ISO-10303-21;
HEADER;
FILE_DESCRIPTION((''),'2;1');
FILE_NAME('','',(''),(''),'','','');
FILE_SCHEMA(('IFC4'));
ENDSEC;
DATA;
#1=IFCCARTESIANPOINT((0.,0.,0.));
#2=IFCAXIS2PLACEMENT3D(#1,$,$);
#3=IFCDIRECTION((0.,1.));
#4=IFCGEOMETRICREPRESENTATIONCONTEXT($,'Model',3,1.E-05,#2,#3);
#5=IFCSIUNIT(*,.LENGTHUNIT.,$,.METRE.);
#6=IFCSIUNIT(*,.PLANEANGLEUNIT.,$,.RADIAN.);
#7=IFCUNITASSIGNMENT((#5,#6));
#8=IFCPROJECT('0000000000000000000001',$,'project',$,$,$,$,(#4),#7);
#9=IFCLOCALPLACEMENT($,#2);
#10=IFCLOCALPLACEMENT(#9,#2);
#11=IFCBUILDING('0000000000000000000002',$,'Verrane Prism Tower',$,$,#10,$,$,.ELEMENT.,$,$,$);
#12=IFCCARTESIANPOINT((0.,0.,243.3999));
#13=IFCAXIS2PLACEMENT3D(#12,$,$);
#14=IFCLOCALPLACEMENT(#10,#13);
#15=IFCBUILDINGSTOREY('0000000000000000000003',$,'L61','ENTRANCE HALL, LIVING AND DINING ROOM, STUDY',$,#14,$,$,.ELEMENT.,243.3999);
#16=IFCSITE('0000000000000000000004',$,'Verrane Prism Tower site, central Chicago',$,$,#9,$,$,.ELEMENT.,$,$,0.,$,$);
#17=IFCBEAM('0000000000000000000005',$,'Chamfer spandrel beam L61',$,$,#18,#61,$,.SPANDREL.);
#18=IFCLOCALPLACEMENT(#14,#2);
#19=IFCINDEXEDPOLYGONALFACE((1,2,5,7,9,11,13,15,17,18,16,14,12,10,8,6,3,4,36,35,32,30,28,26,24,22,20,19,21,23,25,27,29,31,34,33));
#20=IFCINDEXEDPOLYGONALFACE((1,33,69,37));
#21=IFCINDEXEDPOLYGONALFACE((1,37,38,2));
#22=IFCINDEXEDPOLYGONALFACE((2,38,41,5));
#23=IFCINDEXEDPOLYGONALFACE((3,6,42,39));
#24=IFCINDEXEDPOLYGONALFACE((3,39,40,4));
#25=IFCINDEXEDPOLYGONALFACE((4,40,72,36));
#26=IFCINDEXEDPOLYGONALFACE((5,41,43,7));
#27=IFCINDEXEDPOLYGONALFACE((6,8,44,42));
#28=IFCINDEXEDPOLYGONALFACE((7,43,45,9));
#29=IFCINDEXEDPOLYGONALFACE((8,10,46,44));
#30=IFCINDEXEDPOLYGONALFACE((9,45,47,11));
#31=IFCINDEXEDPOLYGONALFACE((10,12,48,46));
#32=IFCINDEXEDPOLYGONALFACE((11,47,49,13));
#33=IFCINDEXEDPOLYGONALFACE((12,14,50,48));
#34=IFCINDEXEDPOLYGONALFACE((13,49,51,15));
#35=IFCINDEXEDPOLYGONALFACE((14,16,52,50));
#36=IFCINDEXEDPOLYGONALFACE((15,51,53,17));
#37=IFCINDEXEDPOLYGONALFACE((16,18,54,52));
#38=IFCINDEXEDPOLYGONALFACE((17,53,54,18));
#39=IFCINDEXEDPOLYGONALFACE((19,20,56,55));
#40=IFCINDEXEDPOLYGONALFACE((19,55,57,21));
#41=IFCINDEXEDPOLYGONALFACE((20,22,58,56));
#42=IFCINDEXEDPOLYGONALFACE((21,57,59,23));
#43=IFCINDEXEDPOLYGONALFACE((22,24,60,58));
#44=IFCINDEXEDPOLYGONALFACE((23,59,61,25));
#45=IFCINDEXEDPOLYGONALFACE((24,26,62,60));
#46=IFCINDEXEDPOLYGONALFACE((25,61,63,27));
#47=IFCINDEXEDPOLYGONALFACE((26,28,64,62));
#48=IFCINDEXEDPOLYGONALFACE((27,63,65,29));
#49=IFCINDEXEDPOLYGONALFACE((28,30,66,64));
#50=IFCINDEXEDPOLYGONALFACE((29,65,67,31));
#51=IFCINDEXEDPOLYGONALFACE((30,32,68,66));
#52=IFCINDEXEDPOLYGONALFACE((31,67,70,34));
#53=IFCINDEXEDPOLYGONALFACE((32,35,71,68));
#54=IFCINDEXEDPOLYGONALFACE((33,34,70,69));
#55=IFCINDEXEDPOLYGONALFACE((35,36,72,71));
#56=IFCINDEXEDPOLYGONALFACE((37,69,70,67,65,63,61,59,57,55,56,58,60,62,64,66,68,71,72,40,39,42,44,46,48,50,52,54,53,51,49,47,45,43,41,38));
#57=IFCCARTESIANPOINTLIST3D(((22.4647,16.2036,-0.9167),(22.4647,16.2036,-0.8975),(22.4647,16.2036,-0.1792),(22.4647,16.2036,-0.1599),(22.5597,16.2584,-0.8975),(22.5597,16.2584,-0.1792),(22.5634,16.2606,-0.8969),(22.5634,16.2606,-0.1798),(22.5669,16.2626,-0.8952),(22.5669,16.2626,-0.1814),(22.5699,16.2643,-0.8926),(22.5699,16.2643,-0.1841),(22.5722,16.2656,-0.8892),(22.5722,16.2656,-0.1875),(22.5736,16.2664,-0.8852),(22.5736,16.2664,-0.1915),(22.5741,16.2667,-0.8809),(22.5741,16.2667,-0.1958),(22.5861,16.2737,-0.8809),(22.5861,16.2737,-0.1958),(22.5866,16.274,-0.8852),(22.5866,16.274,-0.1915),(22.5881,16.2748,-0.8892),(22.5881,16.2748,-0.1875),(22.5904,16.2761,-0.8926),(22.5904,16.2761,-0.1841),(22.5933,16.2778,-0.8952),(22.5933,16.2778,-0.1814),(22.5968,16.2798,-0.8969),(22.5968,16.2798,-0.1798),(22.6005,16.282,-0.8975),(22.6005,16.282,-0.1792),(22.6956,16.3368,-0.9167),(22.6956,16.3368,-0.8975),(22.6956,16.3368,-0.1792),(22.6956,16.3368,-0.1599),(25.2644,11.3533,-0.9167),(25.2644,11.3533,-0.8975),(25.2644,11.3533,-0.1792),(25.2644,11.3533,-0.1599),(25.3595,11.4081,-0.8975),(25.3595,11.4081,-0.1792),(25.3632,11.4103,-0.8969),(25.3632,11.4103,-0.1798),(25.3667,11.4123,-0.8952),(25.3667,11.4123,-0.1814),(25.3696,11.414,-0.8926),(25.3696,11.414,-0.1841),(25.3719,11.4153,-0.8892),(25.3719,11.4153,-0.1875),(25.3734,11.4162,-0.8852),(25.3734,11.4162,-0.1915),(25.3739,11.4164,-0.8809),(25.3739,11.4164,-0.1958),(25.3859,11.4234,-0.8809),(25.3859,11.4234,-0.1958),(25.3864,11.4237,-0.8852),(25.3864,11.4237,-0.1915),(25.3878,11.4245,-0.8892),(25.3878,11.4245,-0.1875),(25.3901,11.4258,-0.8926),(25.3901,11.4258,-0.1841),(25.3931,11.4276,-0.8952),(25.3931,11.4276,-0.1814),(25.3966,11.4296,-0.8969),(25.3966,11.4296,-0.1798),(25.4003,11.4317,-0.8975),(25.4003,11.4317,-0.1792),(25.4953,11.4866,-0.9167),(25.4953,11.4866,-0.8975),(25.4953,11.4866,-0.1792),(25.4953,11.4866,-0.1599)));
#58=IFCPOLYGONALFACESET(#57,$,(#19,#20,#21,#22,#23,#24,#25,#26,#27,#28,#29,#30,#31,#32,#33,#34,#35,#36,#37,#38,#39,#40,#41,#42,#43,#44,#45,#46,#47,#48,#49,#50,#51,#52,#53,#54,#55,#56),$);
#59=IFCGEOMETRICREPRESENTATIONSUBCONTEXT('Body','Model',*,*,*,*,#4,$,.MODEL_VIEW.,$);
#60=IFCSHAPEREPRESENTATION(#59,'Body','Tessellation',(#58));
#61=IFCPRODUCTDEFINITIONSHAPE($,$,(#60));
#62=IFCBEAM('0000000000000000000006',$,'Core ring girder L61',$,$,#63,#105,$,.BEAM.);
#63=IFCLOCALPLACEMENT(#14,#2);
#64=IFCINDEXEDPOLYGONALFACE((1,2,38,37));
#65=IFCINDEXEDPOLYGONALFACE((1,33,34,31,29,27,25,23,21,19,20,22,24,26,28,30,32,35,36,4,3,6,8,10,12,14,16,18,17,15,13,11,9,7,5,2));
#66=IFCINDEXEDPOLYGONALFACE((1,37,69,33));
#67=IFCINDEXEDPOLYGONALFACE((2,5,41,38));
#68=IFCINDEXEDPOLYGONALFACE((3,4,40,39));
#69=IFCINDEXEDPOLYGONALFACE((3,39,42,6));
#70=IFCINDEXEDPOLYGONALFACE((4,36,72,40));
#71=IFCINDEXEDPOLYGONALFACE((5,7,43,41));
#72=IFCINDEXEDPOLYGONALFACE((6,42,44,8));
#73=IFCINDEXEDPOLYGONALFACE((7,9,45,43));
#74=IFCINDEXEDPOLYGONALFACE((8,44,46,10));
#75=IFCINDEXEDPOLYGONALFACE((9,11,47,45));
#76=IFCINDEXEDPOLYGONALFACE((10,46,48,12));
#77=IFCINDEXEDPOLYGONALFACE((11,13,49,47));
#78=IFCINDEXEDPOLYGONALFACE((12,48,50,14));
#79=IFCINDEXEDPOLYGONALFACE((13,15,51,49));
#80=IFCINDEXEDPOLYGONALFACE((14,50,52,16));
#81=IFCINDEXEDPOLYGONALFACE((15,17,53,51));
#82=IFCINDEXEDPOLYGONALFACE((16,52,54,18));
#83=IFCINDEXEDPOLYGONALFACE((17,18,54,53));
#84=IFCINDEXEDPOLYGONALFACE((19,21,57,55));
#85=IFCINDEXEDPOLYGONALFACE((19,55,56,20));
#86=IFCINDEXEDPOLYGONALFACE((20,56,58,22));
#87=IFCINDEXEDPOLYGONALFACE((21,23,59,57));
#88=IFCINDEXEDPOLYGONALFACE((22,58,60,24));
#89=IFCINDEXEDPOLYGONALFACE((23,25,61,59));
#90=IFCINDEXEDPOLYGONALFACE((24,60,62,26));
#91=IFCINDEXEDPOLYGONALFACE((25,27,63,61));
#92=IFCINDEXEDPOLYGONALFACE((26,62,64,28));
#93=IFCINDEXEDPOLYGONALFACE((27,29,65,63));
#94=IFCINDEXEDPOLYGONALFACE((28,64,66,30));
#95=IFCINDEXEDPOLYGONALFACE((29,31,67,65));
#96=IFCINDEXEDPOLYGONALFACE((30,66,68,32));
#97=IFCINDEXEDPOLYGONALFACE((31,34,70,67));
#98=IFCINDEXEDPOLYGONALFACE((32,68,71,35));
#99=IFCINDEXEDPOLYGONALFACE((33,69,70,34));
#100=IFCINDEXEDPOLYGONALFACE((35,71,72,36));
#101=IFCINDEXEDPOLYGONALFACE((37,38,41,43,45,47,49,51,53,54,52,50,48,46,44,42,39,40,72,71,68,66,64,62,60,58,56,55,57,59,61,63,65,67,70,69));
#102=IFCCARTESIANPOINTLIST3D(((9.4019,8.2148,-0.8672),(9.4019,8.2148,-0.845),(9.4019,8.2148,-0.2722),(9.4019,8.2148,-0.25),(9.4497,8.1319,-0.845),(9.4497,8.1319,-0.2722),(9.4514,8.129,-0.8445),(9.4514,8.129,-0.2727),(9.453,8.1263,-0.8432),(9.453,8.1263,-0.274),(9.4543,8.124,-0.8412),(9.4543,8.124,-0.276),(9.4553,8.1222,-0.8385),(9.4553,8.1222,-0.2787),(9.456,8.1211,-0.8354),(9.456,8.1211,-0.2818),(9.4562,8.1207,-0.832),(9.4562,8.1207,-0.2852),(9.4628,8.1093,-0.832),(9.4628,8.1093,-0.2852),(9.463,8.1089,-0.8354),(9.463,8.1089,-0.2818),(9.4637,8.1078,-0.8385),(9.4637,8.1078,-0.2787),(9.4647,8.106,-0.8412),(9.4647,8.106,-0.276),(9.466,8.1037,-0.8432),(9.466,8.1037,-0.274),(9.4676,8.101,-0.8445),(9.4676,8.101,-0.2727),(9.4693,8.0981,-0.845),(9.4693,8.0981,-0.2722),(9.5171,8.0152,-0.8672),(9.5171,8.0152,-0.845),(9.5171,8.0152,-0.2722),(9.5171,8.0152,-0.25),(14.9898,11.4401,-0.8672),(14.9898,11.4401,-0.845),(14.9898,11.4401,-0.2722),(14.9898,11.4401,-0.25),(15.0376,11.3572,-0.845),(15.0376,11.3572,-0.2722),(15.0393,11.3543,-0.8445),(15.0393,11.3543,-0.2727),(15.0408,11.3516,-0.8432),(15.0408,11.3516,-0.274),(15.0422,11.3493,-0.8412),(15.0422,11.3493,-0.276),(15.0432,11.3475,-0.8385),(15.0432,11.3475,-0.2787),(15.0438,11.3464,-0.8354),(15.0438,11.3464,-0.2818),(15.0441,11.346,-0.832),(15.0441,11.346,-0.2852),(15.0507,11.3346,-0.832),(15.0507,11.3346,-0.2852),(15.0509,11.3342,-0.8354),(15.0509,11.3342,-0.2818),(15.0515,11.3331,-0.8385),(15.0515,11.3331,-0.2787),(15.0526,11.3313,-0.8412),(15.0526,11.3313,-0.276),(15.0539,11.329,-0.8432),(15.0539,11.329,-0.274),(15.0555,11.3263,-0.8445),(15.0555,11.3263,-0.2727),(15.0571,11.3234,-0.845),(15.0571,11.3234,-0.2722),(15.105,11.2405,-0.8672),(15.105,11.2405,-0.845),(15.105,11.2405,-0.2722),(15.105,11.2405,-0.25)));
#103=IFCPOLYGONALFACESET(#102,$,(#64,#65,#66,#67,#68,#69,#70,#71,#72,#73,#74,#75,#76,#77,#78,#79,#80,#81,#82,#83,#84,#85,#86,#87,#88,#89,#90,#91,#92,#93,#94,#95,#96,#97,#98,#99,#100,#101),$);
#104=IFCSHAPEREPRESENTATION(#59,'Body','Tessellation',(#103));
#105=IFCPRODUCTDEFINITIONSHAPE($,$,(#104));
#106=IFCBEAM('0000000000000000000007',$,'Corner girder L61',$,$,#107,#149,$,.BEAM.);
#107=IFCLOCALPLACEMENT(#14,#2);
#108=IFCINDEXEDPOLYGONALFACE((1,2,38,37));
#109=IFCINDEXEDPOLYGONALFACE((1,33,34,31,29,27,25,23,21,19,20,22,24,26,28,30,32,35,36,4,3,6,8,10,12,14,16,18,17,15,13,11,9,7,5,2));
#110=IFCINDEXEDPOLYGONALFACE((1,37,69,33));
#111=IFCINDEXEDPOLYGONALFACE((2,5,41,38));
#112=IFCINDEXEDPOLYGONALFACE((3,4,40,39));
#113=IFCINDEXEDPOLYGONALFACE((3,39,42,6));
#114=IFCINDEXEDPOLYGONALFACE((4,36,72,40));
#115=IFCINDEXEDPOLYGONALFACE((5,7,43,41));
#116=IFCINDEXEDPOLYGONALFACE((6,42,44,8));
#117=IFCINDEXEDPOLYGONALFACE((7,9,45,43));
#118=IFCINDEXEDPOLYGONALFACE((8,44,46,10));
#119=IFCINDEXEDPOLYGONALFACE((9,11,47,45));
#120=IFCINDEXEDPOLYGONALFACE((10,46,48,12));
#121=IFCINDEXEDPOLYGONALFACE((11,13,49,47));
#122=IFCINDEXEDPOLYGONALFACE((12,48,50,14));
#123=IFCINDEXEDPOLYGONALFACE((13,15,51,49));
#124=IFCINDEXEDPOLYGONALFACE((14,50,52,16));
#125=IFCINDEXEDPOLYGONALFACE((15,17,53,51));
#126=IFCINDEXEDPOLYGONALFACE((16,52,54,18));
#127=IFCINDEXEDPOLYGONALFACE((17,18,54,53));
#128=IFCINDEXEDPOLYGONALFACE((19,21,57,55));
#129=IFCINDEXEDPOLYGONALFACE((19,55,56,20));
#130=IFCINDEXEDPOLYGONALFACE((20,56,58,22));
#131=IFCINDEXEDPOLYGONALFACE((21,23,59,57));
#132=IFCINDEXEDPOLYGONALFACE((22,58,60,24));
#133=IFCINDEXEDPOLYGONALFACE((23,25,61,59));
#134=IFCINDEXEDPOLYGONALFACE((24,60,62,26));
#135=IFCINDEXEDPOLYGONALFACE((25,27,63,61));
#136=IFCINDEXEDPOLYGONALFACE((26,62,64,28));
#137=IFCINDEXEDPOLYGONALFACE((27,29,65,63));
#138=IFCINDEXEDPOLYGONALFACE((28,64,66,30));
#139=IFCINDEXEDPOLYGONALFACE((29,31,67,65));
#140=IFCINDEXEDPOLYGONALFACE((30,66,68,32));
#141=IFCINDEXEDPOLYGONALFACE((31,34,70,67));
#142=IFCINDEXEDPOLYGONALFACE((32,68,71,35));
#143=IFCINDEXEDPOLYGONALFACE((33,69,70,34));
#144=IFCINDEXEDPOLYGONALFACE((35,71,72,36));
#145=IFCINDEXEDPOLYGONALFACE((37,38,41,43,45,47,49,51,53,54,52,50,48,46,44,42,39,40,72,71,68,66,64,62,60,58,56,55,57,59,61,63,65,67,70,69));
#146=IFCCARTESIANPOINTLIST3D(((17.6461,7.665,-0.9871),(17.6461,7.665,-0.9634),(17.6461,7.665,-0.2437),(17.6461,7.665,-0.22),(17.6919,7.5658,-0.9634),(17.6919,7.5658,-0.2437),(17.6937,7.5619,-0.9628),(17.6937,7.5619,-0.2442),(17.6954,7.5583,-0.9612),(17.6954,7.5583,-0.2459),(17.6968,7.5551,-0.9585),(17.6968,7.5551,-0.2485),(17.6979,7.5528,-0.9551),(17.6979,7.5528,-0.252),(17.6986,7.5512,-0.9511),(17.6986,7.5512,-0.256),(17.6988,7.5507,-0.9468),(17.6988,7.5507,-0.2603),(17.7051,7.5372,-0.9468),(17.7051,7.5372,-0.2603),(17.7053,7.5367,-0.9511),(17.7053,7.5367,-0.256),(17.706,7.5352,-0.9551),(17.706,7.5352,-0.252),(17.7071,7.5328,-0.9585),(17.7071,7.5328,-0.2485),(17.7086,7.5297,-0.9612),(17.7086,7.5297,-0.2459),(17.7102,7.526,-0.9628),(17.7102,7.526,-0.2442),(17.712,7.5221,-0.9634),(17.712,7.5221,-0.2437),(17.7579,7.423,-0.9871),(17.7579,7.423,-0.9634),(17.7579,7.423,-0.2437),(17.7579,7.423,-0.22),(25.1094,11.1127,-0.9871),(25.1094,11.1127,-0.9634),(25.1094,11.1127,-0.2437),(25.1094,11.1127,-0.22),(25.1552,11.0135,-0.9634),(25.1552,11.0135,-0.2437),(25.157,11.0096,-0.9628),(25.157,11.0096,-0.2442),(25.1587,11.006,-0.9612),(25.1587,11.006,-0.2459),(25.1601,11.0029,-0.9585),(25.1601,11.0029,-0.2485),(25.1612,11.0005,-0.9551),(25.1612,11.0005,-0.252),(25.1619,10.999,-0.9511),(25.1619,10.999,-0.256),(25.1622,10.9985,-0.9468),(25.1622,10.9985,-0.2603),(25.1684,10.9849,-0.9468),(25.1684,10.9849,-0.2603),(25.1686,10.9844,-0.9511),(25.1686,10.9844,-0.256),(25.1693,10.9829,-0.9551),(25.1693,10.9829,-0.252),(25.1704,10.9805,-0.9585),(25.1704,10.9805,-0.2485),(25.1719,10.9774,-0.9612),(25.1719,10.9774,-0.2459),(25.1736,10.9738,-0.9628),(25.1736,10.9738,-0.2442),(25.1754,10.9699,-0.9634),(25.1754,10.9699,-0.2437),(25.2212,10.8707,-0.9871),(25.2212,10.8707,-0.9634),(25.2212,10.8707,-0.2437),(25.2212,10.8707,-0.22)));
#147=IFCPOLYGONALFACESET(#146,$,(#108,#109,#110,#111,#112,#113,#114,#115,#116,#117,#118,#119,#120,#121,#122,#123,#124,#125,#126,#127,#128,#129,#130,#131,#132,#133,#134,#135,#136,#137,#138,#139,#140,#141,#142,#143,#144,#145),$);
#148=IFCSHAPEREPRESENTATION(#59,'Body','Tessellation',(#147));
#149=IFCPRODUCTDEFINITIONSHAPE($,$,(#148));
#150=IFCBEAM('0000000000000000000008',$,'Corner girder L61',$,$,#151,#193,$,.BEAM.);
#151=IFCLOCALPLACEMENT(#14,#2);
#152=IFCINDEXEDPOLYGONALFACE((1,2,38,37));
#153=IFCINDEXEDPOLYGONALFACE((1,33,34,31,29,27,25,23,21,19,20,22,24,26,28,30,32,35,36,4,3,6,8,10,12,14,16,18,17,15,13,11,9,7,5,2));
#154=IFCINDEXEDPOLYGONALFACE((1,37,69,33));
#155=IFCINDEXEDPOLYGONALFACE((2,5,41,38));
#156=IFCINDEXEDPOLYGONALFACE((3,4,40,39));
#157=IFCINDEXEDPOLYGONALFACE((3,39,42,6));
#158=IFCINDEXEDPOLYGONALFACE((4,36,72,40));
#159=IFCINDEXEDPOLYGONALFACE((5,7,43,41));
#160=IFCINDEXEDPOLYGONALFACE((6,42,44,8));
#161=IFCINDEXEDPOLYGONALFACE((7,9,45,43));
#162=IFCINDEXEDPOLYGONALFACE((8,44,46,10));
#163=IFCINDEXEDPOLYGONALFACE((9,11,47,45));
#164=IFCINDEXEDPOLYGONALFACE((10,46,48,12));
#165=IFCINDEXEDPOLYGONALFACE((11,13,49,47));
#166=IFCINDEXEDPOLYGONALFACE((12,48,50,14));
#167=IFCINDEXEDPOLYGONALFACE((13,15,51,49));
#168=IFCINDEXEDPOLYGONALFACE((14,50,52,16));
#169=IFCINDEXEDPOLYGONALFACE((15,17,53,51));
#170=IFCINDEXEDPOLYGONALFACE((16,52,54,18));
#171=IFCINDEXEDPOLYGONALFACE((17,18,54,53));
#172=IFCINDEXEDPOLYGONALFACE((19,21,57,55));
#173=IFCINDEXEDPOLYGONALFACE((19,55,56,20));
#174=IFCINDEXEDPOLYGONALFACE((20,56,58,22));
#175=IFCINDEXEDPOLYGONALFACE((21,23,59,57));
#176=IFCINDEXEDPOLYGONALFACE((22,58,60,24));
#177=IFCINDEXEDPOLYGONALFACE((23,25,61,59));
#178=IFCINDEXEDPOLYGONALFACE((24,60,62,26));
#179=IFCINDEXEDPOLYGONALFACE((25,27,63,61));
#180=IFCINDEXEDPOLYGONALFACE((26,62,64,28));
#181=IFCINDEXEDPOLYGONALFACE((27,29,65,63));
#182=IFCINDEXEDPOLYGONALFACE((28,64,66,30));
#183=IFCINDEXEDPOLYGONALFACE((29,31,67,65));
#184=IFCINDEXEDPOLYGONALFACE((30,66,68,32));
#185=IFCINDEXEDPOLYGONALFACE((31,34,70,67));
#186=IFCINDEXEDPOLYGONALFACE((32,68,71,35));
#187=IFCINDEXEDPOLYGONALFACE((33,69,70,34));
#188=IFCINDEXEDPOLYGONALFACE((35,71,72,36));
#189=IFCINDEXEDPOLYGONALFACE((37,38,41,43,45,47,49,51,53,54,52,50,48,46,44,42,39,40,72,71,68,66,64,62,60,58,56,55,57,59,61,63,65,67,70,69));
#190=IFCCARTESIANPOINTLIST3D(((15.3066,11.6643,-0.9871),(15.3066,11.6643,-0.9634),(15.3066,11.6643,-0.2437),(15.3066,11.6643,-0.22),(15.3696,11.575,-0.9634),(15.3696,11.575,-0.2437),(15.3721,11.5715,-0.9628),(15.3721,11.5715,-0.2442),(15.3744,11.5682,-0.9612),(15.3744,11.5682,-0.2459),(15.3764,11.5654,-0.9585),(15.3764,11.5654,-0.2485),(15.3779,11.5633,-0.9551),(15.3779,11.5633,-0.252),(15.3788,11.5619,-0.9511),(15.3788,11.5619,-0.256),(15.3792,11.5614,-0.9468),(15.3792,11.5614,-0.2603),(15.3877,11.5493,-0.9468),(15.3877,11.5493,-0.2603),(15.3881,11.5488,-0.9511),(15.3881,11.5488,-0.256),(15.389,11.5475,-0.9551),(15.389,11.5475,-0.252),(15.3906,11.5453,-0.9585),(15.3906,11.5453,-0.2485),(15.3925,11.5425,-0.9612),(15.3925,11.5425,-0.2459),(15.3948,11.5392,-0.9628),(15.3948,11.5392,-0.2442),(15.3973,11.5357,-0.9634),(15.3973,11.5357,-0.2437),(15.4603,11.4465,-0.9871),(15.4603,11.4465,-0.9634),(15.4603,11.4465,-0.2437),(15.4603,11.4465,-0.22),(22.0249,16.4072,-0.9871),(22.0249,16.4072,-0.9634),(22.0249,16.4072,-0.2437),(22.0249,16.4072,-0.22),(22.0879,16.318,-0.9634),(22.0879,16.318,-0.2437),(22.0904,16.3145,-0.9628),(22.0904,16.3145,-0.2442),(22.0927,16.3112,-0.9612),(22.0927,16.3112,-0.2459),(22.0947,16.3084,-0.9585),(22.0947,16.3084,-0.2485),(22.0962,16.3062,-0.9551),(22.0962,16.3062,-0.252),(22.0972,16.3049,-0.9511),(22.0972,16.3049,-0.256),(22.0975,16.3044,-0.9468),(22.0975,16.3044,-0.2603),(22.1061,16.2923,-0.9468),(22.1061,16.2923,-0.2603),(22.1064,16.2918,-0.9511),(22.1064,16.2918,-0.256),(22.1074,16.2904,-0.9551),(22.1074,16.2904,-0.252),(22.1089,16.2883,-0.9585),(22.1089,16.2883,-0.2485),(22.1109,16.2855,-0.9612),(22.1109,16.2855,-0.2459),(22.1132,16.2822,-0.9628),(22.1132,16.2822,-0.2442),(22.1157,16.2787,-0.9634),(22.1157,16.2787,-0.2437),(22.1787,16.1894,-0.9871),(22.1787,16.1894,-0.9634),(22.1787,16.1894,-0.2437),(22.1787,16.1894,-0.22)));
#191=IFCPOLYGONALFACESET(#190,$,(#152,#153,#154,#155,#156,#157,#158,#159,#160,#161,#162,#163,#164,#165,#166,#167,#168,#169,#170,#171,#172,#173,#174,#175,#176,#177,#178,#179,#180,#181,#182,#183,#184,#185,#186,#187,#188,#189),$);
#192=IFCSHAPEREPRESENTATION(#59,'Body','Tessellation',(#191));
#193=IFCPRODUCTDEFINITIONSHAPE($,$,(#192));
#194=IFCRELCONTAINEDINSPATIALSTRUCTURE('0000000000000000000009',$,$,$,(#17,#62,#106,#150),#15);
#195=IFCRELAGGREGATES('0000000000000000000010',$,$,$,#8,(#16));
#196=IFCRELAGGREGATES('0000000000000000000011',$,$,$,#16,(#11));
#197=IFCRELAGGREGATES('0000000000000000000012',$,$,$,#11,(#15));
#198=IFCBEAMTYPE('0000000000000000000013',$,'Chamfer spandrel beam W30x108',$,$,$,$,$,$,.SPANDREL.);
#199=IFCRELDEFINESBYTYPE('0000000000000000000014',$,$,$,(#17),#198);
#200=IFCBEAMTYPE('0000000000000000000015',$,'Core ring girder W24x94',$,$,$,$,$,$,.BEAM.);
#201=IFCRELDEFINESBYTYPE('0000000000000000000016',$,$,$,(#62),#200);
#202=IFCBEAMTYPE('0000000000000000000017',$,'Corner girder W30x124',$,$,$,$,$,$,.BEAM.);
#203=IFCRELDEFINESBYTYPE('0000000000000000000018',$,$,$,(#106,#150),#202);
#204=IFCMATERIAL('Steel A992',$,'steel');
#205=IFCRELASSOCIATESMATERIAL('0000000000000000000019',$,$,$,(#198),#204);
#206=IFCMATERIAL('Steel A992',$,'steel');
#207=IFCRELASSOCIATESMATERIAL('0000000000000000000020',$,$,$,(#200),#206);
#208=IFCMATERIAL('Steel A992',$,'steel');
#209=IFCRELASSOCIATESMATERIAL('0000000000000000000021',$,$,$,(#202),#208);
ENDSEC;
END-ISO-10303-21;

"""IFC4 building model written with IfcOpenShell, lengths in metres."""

from ifc_helpers import new_model, si_unit, direction, frame, origin, origin_2d, place, context, subcontext, project, spatial, i_section, extrude, material, material_profile, profile_set, type_object, element, save


model = new_model("IFC4")

# Units and contexts
model_context = context("Model", 3, precision=1e-05, world=origin(), true_north=direction((0.0, 1.0)))
body_context = subcontext(model_context, "Body", "Model", "MODEL_VIEW")
ifc_project = project(units=[si_unit("LENGTHUNIT", "METRE"), si_unit("PLANEANGLEUNIT", "RADIAN")], contexts=[model_context])

# Site, building, storey
site_placement = place(None, origin())
site = spatial("IfcSite", under=ifc_project, at=site_placement, Name="Verrane Prism Tower site, central Chicago", CompositionType="ELEMENT", RefElevation=0.0)
building_placement = place(site_placement, origin())
building = spatial("IfcBuilding", under=site, at=building_placement, Name="Verrane Prism Tower", CompositionType="ELEMENT")
storey_placement = place(building_placement, frame((0.0, 0.0, 243.3999)))
storey = spatial("IfcBuildingStorey", under=building, at=storey_placement, Name="L61", Description="ENTRANCE HALL, LIVING AND DINING ROOM, STUDY", CompositionType="ELEMENT", Elevation=243.3999)

# Beams
ifc_material_1 = material(Name="Steel A992", Category="steel")
ifc_material_profile_1 = material_profile(ifc_material_1, i_section(OverallWidth=0.2666, OverallDepth=0.7568, WebThickness=0.0139, FlangeThickness=0.0193, FilletRadius=0.0166, at=origin_2d()), Name="W30x108")
ifc_profile_set_1 = profile_set([ifc_material_profile_1], Name="Steel A992")
beam_type_1 = type_object("IfcBeamType", Name="Chamfer spandrel beam W30x108", PredefinedType="SPANDREL", material=ifc_profile_set_1)
beam_1_placement = place(storey_placement, frame((25.3799, 11.4199, -0.5383), z_axis=(-0.499927, 0.866067, 0.0), x_axis=(-0.866067, -0.499927, 0.0)))
element("IfcBeam", 1, at=beam_1_placement, inside=storey, type_object=beam_type_1, Name="Chamfer spandrel beam L61", PredefinedType="SPANDREL", context=body_context, shape_type="SweptSolid", body=[
    extrude(i_section(OverallWidth=0.2666, OverallDepth=0.7568, WebThickness=0.0139, FlangeThickness=0.0193, FilletRadius=0.0166, at=origin_2d()), origin(), (0.0, 0.0, 1.0), 5.6003),
])
ifc_material_2 = material(Name="Steel A992", Category="steel")
ifc_material_profile_2 = material_profile(ifc_material_2, i_section(OverallWidth=0.2305, OverallDepth=0.6172, WebThickness=0.0132, FlangeThickness=0.0222, FilletRadius=0.0129, at=origin_2d()), Name="W24x94")
ifc_profile_set_2 = profile_set([ifc_material_profile_2], Name="Steel A992")
beam_type_2 = type_object("IfcBeamType", Name="Core ring girder W24x94", PredefinedType="BEAM", material=ifc_profile_set_2)
beam_2_placement = place(storey_placement, frame((15.0474, 11.3403, -0.5586), z_axis=(-0.866081, -0.499904, 0.0), x_axis=(0.499904, -0.866081, 0.0)))
element("IfcBeam", 2, at=beam_2_placement, inside=storey, type_object=beam_type_2, Name="Core ring girder L61", PredefinedType="BEAM", context=body_context, shape_type="SweptSolid", body=[
    extrude(i_section(OverallWidth=0.2305, OverallDepth=0.6172, WebThickness=0.0132, FlangeThickness=0.0222, FilletRadius=0.0129, at=origin_2d()), origin(), (0.0, 0.0, 1.0), 6.4519),
])
ifc_material_3 = material(Name="Steel A992", Category="steel")
ifc_material_profile_3 = material_profile(ifc_material_3, i_section(OverallWidth=0.2666, OverallDepth=0.7671, WebThickness=0.0149, FlangeThickness=0.0237, FilletRadius=0.0166, at=origin_2d()), Name="W30x124")
ifc_profile_set_3 = profile_set([ifc_material_profile_3], Name="Steel A992")
beam_type_3 = type_object("IfcBeamType", Name="Corner girder W30x124", PredefinedType="BEAM", material=ifc_profile_set_3)
beam_3_placement = place(storey_placement, frame((25.1653, 10.9917, -0.6035), z_axis=(-0.907815, -0.419371, 0.0), x_axis=(0.419371, -0.907815, 0.0)))
element("IfcBeam", 3, at=beam_3_placement, inside=storey, type_object=beam_type_3, Name="Corner girder L61", PredefinedType="BEAM", context=body_context, shape_type="SweptSolid", body=[
    extrude(i_section(OverallWidth=0.2666, OverallDepth=0.7671, WebThickness=0.0149, FlangeThickness=0.0237, FilletRadius=0.0166, at=origin_2d()), origin(), (0.0, 0.0, 1.0), 8.2212),
])
beam_4_placement = place(storey_placement, frame((22.1018, 16.2983, -0.6035), z_axis=(-0.816932, -0.576733, 0.0), x_axis=(0.576733, -0.816932, 0.0)))
element("IfcBeam", 4, at=beam_4_placement, inside=storey, type_object=beam_type_3, Name="Corner girder L61", PredefinedType="BEAM", context=body_context, shape_type="SweptSolid", body=[
    extrude(i_section(OverallWidth=0.2666, OverallDepth=0.7671, WebThickness=0.0149, FlangeThickness=0.0237, FilletRadius=0.0166, at=origin_2d()), origin(), (0.0, 0.0, 1.0), 8.2239),
])

save(model, "model.ifc")
